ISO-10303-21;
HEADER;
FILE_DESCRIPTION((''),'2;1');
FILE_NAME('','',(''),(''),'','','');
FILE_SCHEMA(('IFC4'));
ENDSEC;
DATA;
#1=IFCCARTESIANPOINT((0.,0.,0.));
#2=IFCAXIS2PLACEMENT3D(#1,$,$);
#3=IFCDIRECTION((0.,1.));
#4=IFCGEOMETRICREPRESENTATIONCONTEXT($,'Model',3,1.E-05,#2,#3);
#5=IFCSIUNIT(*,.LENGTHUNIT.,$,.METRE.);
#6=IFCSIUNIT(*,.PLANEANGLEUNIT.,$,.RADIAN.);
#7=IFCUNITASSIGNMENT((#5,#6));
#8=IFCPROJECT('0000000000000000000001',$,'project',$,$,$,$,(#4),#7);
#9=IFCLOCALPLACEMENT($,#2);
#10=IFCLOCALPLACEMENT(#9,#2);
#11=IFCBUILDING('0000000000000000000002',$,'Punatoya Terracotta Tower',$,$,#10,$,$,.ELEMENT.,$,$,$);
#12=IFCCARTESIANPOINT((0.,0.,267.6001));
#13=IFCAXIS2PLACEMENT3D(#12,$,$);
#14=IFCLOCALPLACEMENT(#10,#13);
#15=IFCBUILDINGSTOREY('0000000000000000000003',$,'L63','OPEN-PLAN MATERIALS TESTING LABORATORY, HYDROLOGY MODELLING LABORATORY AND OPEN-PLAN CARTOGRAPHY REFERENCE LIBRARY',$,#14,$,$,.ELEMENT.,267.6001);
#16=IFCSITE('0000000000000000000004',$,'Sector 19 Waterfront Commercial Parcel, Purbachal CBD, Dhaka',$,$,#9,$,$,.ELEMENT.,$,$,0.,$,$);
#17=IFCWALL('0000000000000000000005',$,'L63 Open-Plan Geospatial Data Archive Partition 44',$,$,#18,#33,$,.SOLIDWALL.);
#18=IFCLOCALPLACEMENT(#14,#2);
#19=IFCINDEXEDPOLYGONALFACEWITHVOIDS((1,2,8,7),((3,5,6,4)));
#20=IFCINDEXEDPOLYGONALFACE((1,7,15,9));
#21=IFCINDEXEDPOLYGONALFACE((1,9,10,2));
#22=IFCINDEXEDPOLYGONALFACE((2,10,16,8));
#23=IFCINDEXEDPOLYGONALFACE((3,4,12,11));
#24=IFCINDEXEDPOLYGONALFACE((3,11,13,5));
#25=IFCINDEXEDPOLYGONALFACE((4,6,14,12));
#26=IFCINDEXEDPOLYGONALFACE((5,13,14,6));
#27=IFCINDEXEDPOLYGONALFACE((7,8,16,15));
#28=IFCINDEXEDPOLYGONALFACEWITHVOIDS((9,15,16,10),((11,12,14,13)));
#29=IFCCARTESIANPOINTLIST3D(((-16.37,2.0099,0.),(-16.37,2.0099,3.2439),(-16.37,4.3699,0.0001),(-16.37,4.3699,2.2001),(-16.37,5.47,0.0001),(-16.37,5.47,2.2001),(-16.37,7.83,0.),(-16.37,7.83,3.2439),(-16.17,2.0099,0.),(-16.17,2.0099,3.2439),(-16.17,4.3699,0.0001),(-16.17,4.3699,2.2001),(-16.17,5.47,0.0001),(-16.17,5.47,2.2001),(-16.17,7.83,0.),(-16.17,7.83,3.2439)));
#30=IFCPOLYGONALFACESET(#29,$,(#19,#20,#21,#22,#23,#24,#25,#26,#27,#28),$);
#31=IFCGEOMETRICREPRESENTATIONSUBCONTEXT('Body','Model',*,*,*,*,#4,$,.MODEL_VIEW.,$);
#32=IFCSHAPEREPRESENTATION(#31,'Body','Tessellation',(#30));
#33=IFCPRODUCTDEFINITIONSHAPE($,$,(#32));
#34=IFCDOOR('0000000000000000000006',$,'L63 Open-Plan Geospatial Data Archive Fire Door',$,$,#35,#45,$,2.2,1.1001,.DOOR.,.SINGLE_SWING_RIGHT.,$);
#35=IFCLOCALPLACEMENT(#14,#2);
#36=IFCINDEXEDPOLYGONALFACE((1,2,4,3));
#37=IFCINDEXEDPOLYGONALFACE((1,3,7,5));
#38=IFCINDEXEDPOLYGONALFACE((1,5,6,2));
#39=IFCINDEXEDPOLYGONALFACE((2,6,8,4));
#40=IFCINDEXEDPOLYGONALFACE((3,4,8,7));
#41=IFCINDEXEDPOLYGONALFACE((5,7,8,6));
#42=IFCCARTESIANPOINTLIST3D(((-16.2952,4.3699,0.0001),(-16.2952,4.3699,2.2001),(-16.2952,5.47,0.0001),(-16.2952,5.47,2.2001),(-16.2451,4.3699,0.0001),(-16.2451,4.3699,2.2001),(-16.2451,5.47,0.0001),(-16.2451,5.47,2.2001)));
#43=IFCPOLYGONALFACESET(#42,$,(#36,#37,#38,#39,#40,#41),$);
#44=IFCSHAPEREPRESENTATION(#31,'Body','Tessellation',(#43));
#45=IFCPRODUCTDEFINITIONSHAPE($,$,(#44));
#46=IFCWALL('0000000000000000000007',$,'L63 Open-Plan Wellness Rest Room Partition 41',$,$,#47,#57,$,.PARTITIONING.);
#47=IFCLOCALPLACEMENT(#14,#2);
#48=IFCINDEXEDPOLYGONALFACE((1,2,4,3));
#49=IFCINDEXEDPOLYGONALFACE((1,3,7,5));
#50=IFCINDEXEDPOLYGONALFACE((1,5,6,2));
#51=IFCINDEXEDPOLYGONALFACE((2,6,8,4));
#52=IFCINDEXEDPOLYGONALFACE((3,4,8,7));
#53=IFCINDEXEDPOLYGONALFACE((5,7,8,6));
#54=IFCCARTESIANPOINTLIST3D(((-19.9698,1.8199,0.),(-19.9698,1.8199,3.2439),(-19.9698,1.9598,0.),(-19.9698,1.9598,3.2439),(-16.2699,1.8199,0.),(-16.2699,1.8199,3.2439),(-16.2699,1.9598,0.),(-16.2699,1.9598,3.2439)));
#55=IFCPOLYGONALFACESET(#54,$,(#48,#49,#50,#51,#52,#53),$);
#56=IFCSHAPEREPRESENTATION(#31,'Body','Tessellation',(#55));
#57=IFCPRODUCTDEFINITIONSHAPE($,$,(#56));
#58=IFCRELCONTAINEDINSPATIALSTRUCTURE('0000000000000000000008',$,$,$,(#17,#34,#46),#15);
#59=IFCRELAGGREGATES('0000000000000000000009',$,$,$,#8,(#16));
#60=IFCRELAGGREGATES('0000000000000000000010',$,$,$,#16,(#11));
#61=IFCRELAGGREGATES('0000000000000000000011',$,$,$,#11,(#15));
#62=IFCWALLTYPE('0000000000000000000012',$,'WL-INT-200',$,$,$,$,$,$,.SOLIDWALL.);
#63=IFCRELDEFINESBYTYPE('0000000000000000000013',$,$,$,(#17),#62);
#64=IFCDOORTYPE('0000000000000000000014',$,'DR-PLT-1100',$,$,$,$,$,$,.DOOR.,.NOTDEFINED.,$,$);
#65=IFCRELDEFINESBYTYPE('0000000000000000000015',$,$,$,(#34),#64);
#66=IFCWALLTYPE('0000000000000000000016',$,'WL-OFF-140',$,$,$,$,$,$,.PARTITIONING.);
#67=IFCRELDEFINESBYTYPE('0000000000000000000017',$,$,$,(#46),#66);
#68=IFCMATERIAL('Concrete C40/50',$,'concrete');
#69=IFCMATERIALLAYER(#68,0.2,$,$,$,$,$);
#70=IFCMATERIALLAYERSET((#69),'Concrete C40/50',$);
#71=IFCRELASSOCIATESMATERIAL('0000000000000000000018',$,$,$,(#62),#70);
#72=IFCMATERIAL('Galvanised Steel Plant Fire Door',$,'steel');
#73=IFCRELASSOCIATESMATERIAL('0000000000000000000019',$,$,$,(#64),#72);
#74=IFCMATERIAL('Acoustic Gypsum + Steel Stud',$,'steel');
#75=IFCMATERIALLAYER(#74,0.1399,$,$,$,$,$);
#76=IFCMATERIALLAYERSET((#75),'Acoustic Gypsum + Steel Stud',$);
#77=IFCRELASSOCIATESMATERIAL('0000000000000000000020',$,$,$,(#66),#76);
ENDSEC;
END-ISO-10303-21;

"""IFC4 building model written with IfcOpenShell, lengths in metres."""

from ifc_helpers import new_model, si_unit, direction, frame, frame_2d, origin, place, context, subcontext, project, spatial, rectangle, extrude, material, layer, layer_set, type_object, element, fill, save


model = new_model("IFC4")

# Units and contexts
model_context = context("Model", 3, precision=1e-05, world=origin(), true_north=direction((0.0, 1.0)))
body_context = subcontext(model_context, "Body", "Model", "MODEL_VIEW")
ifc_project = project(units=[si_unit("LENGTHUNIT", "METRE"), si_unit("PLANEANGLEUNIT", "RADIAN")], contexts=[model_context])

# Site, building, storey
site_placement = place(None, origin())
site = spatial("IfcSite", under=ifc_project, at=site_placement, Name="Sector 19 Waterfront Commercial Parcel, Purbachal CBD, Dhaka", CompositionType="ELEMENT", RefElevation=0.0)
building_placement = place(site_placement, origin())
building = spatial("IfcBuilding", under=site, at=building_placement, Name="Punatoya Terracotta Tower", CompositionType="ELEMENT")
storey_placement = place(building_placement, frame((0.0, 0.0, 267.6001)))
storey = spatial("IfcBuildingStorey", under=building, at=storey_placement, Name="L63", Description="OPEN-PLAN MATERIALS TESTING LABORATORY, HYDROLOGY MODELLING LABORATORY AND OPEN-PLAN CARTOGRAPHY REFERENCE LIBRARY", CompositionType="ELEMENT", Elevation=267.6001)

# Shared definitions
ifc_material_1 = material(Name="Concrete C40/50", Category="concrete")
ifc_layer_1 = layer(ifc_material_1, 0.2)
ifc_layer_set_1 = layer_set([ifc_layer_1], Name="Concrete C40/50")
wall_type_1 = type_object("IfcWallType", Name="WL-INT-200", PredefinedType="SOLIDWALL", material=ifc_layer_set_1)

# Wall, opening, door
wall_1_placement = place(storey_placement, frame((-16.27, 7.8301, 0.0), z_axis=(0.0, 0.0, 1.0), x_axis=(0.0, -1.0, 0.0)))
wall_1 = element("IfcWall", 1, at=wall_1_placement, inside=storey, type_object=wall_type_1, Name="L63 Open-Plan Geospatial Data Archive Partition 44", PredefinedType="SOLIDWALL", context=body_context, shape_type="SweptSolid", body=[
    extrude(rectangle(XDim=5.8201, YDim=0.2, at=frame_2d((2.9102, 0.0))), origin(), (0.0, 0.0, 1.0), 3.2439),
])
opening_1_placement = place(wall_1_placement, frame((2.3601, 0.0, 0.0)))
opening_1 = element("IfcOpeningElement", 2, at=opening_1_placement, cuts=wall_1, PredefinedType="OPENING", context=body_context, shape_type="SweptSolid", body=[
    extrude(rectangle(XDim=1.1001, YDim=2.2, at=frame_2d((0.55, 1.1001))), frame((0.0, 0.1099, 0.0), z_axis=(0.0, -1.0, 0.0), x_axis=(1.0, 0.0, 0.0)), (0.0, 0.0, 1.0), 0.22),
])
ifc_material_2 = material(Name="Galvanised Steel Plant Fire Door", Category="steel")
door_type_1 = type_object("IfcDoorType", Name="DR-PLT-1100", OperationType="NOTDEFINED", PredefinedType="DOOR", material=ifc_material_2)
door_1_placement = place(opening_1_placement, origin())
door_1 = element("IfcDoor", 3, at=door_1_placement, inside=storey, type_object=door_type_1, Name="L63 Open-Plan Geospatial Data Archive Fire Door", OperationType="SINGLE_SWING_RIGHT", OverallHeight=2.2, OverallWidth=1.1001, PredefinedType="DOOR", context=body_context, shape_type="SweptSolid", body=[
    extrude(rectangle(XDim=1.1001, YDim=2.2, at=frame_2d((0.55, 1.1001))), frame((0.0, 0.0249, 0.0), z_axis=(0.0, -1.0, 0.0), x_axis=(1.0, 0.0, 0.0)), (0.0, 0.0, 1.0), 0.05),
])
fill(opening_1, door_1)

# Wall
ifc_material_3 = material(Name="Acoustic Gypsum + Steel Stud", Category="steel")
ifc_layer_2 = layer(ifc_material_3, 0.1399)
ifc_layer_set_2 = layer_set([ifc_layer_2], Name="Acoustic Gypsum + Steel Stud")
wall_type_2 = type_object("IfcWallType", Name="WL-OFF-140", PredefinedType="PARTITIONING", material=ifc_layer_set_2)
wall_2_placement = place(storey_placement, frame((-19.97, 1.8899, 0.0), z_axis=(0.0, 0.0, 1.0), x_axis=(1.0, 0.0, 0.0)))
element("IfcWall", 4, at=wall_2_placement, inside=storey, type_object=wall_type_2, Name="L63 Open-Plan Wellness Rest Room Partition 41", PredefinedType="PARTITIONING", context=body_context, shape_type="SweptSolid", body=[
    extrude(rectangle(XDim=3.7, YDim=0.1399, at=frame_2d((1.8501, 0.0))), origin(), (0.0, 0.0, 1.0), 3.2439),
])

save(model, "model.ifc")
